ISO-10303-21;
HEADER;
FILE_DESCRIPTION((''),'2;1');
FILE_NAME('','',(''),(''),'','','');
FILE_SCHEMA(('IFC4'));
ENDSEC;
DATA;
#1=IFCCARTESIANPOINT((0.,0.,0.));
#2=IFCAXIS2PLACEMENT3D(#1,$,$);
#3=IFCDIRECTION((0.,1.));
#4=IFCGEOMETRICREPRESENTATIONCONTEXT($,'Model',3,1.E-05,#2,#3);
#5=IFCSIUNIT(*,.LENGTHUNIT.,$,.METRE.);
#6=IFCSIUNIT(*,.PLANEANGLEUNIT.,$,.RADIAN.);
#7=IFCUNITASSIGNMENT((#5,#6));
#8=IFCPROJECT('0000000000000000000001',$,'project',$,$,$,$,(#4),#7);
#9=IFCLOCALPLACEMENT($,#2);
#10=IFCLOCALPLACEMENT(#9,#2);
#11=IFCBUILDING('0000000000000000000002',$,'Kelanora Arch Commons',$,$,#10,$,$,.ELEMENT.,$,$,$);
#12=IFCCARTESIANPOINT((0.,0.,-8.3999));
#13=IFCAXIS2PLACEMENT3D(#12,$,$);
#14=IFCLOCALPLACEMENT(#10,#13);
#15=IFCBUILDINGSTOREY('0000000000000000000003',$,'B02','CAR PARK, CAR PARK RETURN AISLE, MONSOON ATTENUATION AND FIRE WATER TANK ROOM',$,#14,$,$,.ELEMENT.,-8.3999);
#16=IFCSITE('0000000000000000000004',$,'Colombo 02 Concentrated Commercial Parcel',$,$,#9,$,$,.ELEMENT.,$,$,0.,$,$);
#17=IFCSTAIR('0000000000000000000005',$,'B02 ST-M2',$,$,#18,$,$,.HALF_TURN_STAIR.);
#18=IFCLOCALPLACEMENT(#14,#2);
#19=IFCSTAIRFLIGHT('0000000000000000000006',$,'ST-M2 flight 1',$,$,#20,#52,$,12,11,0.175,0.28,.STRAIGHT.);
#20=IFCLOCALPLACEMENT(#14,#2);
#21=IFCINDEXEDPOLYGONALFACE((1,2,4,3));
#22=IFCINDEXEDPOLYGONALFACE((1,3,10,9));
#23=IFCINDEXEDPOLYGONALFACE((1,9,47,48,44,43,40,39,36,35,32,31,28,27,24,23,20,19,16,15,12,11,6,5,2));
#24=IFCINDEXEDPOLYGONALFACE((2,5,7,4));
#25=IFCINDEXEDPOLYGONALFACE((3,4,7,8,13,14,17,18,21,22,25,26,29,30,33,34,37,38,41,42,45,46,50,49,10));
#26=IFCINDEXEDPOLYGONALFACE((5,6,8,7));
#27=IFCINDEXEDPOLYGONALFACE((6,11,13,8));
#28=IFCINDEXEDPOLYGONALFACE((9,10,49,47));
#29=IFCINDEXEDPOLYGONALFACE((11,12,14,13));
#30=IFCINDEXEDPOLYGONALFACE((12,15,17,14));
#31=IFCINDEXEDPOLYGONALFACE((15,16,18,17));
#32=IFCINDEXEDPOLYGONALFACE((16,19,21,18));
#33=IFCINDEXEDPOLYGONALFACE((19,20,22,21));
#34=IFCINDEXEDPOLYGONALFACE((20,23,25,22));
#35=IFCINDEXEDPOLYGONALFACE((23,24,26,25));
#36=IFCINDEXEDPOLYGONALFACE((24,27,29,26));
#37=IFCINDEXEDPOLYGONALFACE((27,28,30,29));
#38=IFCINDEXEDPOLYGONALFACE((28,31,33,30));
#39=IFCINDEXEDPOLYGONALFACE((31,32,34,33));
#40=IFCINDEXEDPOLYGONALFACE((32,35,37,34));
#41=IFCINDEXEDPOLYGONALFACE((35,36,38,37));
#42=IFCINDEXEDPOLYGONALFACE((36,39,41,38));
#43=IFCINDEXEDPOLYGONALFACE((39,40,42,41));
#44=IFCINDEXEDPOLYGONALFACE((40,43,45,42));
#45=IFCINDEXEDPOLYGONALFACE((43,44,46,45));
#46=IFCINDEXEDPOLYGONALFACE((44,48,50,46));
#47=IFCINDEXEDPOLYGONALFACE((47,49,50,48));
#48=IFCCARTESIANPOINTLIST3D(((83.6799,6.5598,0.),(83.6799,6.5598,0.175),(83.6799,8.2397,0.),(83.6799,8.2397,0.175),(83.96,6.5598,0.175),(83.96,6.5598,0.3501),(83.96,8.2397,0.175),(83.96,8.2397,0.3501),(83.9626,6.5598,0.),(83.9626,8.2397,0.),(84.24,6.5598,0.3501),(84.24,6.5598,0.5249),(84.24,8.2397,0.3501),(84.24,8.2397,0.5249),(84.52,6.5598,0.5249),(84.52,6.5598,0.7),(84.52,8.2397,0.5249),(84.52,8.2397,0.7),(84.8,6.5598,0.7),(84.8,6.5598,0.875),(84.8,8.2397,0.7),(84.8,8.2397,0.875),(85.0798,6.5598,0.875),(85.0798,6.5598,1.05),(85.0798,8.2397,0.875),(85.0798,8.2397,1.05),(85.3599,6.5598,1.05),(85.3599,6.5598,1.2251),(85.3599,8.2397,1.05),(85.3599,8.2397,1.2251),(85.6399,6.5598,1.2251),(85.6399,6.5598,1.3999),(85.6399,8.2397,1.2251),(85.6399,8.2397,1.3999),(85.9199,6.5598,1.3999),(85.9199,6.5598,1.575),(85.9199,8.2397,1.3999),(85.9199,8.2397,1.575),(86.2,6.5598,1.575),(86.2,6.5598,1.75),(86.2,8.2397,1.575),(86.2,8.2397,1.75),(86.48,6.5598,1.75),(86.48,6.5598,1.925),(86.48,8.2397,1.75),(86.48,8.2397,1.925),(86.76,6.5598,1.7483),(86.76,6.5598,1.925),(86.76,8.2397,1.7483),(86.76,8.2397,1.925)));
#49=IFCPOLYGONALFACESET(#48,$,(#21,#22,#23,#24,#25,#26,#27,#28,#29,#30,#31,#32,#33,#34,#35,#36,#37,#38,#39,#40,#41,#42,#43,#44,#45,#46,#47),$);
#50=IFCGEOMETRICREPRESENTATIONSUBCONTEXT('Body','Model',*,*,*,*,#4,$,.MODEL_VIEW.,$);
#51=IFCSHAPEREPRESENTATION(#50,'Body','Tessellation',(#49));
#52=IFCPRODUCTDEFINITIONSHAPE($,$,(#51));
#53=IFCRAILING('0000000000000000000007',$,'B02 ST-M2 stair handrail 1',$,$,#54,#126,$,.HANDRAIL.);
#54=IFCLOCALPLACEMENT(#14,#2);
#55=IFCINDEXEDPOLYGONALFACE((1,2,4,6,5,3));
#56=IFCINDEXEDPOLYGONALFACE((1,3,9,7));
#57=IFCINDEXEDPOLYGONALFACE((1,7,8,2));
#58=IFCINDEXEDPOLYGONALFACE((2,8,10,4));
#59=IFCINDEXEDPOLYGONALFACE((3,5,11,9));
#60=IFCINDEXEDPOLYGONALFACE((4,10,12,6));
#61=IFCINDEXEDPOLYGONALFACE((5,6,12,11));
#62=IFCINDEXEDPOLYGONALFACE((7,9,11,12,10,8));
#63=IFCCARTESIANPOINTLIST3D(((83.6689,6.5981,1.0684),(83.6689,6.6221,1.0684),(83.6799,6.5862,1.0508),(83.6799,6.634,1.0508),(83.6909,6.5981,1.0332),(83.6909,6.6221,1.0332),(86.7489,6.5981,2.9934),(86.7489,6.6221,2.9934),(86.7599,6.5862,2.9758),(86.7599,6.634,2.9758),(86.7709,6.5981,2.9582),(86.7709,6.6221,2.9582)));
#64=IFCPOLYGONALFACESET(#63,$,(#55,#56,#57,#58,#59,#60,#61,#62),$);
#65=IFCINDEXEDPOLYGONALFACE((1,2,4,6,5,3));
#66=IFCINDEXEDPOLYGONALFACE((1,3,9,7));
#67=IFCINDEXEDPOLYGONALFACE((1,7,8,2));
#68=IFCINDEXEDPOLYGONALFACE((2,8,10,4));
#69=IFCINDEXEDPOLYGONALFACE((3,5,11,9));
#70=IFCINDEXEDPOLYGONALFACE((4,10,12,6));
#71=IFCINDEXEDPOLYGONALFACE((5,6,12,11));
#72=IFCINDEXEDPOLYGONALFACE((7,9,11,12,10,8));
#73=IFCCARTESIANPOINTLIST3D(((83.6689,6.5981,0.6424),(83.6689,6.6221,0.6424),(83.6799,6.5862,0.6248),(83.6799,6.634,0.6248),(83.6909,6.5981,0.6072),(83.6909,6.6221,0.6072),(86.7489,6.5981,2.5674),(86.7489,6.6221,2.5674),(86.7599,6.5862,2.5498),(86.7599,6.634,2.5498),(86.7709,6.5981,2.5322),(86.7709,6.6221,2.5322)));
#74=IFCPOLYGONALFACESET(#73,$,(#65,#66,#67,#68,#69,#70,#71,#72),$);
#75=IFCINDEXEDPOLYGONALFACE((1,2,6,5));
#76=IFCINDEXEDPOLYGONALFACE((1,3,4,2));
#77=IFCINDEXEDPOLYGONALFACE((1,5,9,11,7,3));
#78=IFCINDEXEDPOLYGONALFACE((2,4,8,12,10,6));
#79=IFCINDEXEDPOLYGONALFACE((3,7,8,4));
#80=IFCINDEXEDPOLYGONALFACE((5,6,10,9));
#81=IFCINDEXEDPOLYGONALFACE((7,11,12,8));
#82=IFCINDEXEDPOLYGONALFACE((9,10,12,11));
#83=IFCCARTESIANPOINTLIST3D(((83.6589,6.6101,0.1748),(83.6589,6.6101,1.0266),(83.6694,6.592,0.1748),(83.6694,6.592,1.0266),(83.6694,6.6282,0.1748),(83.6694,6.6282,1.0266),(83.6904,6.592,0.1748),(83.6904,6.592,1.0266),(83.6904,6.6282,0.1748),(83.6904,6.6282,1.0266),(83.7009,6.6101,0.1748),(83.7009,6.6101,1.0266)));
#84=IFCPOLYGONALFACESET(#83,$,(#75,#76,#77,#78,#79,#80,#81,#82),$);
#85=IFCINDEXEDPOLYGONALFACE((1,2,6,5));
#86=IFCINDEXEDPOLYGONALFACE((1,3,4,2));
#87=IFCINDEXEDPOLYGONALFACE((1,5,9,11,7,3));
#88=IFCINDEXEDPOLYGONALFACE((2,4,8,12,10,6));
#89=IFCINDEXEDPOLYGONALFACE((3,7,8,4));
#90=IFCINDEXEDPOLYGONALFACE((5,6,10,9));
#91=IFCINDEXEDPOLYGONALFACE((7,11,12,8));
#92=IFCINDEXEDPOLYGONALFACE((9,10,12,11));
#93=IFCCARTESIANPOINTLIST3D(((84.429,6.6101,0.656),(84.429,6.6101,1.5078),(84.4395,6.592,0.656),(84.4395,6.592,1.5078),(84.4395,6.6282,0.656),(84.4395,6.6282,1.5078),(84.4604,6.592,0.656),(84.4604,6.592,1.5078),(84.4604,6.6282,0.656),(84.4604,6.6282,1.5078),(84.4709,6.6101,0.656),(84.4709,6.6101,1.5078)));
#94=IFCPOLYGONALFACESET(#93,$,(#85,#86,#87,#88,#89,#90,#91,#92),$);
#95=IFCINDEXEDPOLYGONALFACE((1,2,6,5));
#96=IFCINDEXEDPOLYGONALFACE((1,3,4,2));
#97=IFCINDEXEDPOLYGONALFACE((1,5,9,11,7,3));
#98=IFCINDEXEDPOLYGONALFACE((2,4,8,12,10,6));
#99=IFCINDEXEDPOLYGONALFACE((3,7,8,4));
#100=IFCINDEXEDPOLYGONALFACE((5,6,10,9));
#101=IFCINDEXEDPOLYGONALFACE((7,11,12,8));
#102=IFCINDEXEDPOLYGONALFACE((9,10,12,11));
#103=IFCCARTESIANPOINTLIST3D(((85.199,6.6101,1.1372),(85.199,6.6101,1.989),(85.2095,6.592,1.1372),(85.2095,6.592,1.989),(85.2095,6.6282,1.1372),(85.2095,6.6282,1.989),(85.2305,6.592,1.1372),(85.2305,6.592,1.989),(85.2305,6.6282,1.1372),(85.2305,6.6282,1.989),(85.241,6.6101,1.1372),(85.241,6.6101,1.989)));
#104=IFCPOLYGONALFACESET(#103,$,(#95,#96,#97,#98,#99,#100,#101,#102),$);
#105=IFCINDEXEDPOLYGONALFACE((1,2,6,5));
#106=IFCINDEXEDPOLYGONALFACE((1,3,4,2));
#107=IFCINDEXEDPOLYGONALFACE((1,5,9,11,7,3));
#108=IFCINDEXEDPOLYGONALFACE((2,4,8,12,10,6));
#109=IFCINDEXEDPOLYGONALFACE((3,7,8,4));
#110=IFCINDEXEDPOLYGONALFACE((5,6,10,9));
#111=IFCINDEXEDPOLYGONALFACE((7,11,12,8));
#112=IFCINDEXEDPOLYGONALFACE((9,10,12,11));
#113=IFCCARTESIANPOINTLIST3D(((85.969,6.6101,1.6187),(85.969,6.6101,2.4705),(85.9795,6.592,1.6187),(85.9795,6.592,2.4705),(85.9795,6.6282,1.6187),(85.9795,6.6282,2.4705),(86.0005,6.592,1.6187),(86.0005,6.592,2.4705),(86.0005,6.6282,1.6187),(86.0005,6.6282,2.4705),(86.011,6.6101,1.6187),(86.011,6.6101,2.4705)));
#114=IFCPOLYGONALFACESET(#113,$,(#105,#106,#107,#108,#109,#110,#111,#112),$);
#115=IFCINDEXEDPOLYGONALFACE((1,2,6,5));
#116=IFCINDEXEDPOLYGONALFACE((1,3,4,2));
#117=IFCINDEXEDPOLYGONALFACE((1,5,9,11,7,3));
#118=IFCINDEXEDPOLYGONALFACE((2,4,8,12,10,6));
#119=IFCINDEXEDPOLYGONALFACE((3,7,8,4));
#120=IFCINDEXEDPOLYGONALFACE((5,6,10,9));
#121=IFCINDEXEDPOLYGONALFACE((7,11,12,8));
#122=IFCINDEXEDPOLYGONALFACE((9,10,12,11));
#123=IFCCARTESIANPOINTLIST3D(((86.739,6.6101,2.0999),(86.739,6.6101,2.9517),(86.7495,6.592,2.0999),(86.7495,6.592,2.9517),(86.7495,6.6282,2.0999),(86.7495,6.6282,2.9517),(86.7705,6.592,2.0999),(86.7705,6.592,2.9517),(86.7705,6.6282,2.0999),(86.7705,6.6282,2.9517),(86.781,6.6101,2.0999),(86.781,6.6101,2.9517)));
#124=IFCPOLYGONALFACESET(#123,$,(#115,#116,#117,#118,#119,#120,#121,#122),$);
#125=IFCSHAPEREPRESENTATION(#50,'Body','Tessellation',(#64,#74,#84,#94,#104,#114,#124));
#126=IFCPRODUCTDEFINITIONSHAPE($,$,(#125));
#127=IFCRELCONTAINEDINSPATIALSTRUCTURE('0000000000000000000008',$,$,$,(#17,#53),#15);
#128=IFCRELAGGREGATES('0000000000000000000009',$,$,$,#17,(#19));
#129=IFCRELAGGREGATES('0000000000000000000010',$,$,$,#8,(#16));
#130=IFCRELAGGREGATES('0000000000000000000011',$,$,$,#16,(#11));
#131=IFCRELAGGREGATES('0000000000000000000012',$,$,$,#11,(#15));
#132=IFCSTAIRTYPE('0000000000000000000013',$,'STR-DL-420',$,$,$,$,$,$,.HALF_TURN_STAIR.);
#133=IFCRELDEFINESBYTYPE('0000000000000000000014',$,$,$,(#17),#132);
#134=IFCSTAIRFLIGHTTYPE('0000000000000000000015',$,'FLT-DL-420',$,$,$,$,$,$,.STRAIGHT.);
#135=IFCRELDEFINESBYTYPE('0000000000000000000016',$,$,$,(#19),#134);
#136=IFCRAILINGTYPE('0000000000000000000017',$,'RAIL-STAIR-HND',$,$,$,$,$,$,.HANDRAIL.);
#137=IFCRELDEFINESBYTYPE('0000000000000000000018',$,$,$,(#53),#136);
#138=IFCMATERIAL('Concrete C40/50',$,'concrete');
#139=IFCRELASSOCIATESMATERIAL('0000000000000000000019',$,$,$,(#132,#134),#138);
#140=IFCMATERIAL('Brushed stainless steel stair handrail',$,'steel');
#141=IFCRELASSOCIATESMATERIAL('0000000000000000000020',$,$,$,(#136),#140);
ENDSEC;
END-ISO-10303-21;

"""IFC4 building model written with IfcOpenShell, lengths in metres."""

from ifc_helpers import new_model, si_unit, direction, frame, origin, place, context, subcontext, project, spatial, polyline, outline, extrude, material, type_object, element, aggregate, save


model = new_model("IFC4")

# Units and contexts
model_context = context("Model", 3, precision=1e-05, world=origin(), true_north=direction((0.0, 1.0)))
body_context = subcontext(model_context, "Body", "Model", "MODEL_VIEW")
ifc_project = project(units=[si_unit("LENGTHUNIT", "METRE"), si_unit("PLANEANGLEUNIT", "RADIAN")], contexts=[model_context])

# Site, building, storey
site_placement = place(None, origin())
site = spatial("IfcSite", under=ifc_project, at=site_placement, Name="Colombo 02 Concentrated Commercial Parcel", CompositionType="ELEMENT", RefElevation=0.0)
building_placement = place(site_placement, origin())
building = spatial("IfcBuilding", under=site, at=building_placement, Name="Kelanora Arch Commons", CompositionType="ELEMENT")
storey_placement = place(building_placement, frame((0.0, 0.0, -8.3999)))
storey = spatial("IfcBuildingStorey", under=building, at=storey_placement, Name="B02", Description="CAR PARK, CAR PARK RETURN AISLE, MONSOON ATTENUATION AND FIRE WATER TANK ROOM", CompositionType="ELEMENT", Elevation=-8.3999)

# Shared definitions
ifc_material_1 = material(Name="Concrete C40/50", Category="concrete")

# Stair, stair flight
stair_type = type_object("IfcStairType", Name="STR-DL-420", PredefinedType="HALF_TURN_STAIR", material=ifc_material_1)
stair_placement = place(storey_placement, origin())
stair = element("IfcStair", 1, at=stair_placement, inside=storey, type_object=stair_type, Name="B02 ST-M2", PredefinedType="HALF_TURN_STAIR")
stair_flight_type = type_object("IfcStairFlightType", Name="FLT-DL-420", PredefinedType="STRAIGHT", material=ifc_material_1)
stair_flight_placement = place(storey_placement, frame((83.6799, 7.3999, 0.0), z_axis=(0.0, 0.0, 1.0), x_axis=(1.0, 0.0, 0.0)))
stair_flight = element("IfcStairFlight", 2, at=stair_flight_placement, type_object=stair_flight_type, Name="ST-M2 flight 1", NumberOfRisers=12, NumberOfTreads=11, PredefinedType="STRAIGHT", RiserHeight=0.175, TreadLength=0.28, context=body_context, shape_type="SweptSolid", body=[
    extrude(outline(polyline([(0.0, 0.0), (0.0, 0.175), (0.28, 0.175), (0.28, 0.3501), (0.5601, 0.3501), (0.5601, 0.5249), (0.8401, 0.5249), (0.8401, 0.7), (1.1201, 0.7), (1.1201, 0.875), (1.3999, 0.875), (1.3999, 1.05), (1.6799, 1.05), (1.6799, 1.2251), (1.96, 1.2251), (1.96, 1.3999), (2.24, 1.3999), (2.24, 1.575), (2.52, 1.575), (2.52, 1.75), (2.8, 1.75), (2.8, 1.925), (3.0801, 1.925), (3.0801, 2.1001), (3.0801, 1.7483), (0.2827, 0.0), (0.0, 0.0)])), frame((0.0, 0.8398, 0.0), z_axis=(0.0, -1.0, 0.0), x_axis=(1.0, 0.0, 0.0)), (0.0, 0.0, 1.0), 1.6799),
])
aggregate(stair, [stair_flight])

# Railing
ifc_material_2 = material(Name="Brushed stainless steel stair handrail", Category="steel")
railing_type = type_object("IfcRailingType", Name="RAIL-STAIR-HND", PredefinedType="HANDRAIL", material=ifc_material_2)
railing_placement = place(storey_placement, frame((83.6799, 6.6101, 0.1748)))
element("IfcRailing", 3, at=railing_placement, inside=storey, type_object=railing_type, Name="B02 ST-M2 stair handrail 1", PredefinedType="HANDRAIL", context=body_context, shape_type="SweptSolid", body=[
    extrude(outline(polyline([(0.0239, 0.0), (0.012, 0.0208), (-0.012, 0.0208), (-0.0239, 0.0), (-0.012, -0.0208), (0.012, -0.0208), (0.0239, 0.0)])), frame((0.0, 0.0, 0.876), z_axis=(0.847998, 0.0, 0.529999), x_axis=(0.0, 1.0, 0.0)), (0.0, 0.0, 1.0), 3.6321),
    extrude(outline(polyline([(0.0239, 0.0), (0.012, 0.0208), (-0.012, 0.0208), (-0.0239, 0.0), (-0.012, -0.0208), (0.012, -0.0208), (0.0239, 0.0)])), frame((0.0, 0.0, 0.45), z_axis=(0.847998, 0.0, 0.529999), x_axis=(0.0, 1.0, 0.0)), (0.0, 0.0, 1.0), 3.6321),
    extrude(outline(polyline([(0.021, 0.0), (0.0105, 0.0181), (-0.0105, 0.0181), (-0.021, 0.0), (-0.0105, -0.0181), (0.0105, -0.0181), (0.021, 0.0)])), origin(), (0.0, 0.0, 1.0), 0.8518),
    extrude(outline(polyline([(0.021, 0.0), (0.0105, 0.0181), (-0.0105, 0.0181), (-0.021, 0.0), (-0.0105, -0.0181), (0.0105, -0.0181), (0.021, 0.0)])), frame((0.77, 0.0, 0.4812)), (0.0, 0.0, 1.0), 0.8518),
    extrude(outline(polyline([(0.021, 0.0), (0.0105, 0.0181), (-0.0105, 0.0181), (-0.021, 0.0), (-0.0105, -0.0181), (0.0105, -0.0181), (0.021, 0.0)])), frame((1.54, 0.0, 0.9624)), (0.0, 0.0, 1.0), 0.8518),
    extrude(outline(polyline([(0.021, 0.0), (0.0105, 0.0181), (-0.0105, 0.0181), (-0.021, 0.0), (-0.0105, -0.0181), (0.0105, -0.0181), (0.021, 0.0)])), frame((2.3101, 0.0, 1.4438)), (0.0, 0.0, 1.0), 0.8518),
    extrude(outline(polyline([(0.021, 0.0), (0.0105, 0.0181), (-0.0105, 0.0181), (-0.021, 0.0), (-0.0105, -0.0181), (0.0105, -0.0181), (0.021, 0.0)])), frame((3.0801, 0.0, 1.925)), (0.0, 0.0, 1.0), 0.8518),
])

save(model, "model.ifc")
